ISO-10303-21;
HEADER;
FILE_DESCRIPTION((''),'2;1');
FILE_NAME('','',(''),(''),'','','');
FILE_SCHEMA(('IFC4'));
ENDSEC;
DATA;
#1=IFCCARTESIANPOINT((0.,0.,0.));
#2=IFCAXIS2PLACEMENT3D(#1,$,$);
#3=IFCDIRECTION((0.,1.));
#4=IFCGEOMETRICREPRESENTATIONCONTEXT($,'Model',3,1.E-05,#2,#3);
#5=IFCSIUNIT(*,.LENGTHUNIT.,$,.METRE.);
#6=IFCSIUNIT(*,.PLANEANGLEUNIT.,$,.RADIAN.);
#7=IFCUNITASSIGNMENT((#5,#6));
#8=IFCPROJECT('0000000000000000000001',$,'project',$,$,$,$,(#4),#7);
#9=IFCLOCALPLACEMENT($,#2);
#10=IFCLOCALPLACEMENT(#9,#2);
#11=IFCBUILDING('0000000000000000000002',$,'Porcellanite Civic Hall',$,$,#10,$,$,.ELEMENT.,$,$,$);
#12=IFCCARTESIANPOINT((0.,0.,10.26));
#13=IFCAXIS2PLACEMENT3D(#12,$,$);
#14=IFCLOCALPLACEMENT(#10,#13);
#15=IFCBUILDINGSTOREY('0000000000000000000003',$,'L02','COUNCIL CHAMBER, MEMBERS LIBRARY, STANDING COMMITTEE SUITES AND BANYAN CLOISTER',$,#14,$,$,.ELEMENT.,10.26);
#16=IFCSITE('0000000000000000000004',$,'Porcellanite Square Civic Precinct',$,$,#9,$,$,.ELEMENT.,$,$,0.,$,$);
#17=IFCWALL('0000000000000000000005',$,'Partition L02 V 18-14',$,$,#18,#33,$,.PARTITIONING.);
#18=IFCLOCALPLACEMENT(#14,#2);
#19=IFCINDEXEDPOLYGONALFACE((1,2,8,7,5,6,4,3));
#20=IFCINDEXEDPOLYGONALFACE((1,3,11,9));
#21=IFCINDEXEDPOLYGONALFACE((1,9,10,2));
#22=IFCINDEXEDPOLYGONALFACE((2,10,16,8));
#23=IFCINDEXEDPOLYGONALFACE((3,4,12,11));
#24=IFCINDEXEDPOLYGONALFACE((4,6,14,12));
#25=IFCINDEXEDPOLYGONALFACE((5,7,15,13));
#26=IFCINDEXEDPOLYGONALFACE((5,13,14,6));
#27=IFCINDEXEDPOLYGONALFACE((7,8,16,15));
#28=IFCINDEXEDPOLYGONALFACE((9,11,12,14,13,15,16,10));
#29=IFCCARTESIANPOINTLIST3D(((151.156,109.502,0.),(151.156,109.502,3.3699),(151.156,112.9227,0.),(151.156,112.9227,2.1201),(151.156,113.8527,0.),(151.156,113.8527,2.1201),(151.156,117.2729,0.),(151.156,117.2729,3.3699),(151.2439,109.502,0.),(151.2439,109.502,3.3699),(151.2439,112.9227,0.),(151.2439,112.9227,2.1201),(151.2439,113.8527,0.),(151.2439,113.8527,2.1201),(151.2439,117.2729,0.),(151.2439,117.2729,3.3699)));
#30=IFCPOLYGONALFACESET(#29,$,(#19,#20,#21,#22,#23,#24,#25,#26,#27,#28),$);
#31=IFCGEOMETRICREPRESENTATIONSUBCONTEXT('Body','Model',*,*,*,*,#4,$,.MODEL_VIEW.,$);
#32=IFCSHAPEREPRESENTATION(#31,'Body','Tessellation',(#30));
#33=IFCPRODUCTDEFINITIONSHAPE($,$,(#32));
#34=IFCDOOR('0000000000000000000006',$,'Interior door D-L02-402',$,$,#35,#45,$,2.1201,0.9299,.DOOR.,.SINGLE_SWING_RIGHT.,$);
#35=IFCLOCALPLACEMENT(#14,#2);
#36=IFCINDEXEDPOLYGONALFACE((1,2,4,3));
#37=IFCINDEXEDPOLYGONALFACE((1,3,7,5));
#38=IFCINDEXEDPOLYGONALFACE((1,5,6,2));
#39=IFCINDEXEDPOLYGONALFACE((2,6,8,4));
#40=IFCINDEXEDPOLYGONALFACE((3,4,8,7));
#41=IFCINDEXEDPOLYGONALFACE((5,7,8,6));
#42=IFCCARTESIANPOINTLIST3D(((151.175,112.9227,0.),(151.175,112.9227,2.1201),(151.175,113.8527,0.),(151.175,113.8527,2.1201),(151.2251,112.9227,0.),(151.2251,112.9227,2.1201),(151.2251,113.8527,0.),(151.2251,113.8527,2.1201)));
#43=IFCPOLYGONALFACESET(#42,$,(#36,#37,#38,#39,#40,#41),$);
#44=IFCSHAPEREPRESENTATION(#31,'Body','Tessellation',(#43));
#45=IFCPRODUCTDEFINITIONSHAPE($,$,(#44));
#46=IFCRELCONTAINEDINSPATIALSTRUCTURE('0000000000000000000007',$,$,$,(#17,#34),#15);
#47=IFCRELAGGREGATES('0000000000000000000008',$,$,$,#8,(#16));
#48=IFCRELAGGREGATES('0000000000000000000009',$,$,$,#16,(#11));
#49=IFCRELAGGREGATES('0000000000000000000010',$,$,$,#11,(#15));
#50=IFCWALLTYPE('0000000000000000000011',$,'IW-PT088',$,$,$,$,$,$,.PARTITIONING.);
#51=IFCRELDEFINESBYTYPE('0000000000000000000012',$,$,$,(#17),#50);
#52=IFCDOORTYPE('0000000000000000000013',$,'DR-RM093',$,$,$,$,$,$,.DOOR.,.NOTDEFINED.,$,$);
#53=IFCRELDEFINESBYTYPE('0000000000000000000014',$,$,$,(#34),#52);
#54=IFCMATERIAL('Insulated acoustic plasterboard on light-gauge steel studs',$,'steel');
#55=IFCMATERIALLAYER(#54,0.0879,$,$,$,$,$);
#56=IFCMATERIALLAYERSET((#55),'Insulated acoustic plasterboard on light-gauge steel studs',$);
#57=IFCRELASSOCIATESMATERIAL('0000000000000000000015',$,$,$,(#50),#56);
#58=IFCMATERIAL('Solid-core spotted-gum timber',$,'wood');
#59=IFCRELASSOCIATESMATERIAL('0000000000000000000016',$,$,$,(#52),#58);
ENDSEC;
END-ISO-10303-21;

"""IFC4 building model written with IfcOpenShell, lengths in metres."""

from ifc_helpers import new_model, si_unit, direction, frame, frame_2d, origin, place, context, subcontext, project, spatial, rectangle, extrude, material, layer, layer_set, type_object, element, fill, save


model = new_model("IFC4")

# Units and contexts
model_context = context("Model", 3, precision=1e-05, world=origin(), true_north=direction((0.0, 1.0)))
body_context = subcontext(model_context, "Body", "Model", "MODEL_VIEW")
ifc_project = project(units=[si_unit("LENGTHUNIT", "METRE"), si_unit("PLANEANGLEUNIT", "RADIAN")], contexts=[model_context])

# Site, building, storey
site_placement = place(None, origin())
site = spatial("IfcSite", under=ifc_project, at=site_placement, Name="Porcellanite Square Civic Precinct", CompositionType="ELEMENT", RefElevation=0.0)
building_placement = place(site_placement, origin())
building = spatial("IfcBuilding", under=site, at=building_placement, Name="Porcellanite Civic Hall", CompositionType="ELEMENT")
storey_placement = place(building_placement, frame((0.0, 0.0, 10.26)))
storey = spatial("IfcBuildingStorey", under=building, at=storey_placement, Name="L02", Description="COUNCIL CHAMBER, MEMBERS LIBRARY, STANDING COMMITTEE SUITES AND BANYAN CLOISTER", CompositionType="ELEMENT", Elevation=10.26)

# Wall, opening, door
ifc_material_1 = material(Name="Insulated acoustic plasterboard on light-gauge steel studs", Category="steel")
ifc_layer_1 = layer(ifc_material_1, 0.0879)
ifc_layer_set_1 = layer_set([ifc_layer_1], Name="Insulated acoustic plasterboard on light-gauge steel studs")
wall_type = type_object("IfcWallType", Name="IW-PT088", PredefinedType="PARTITIONING", material=ifc_layer_set_1)
wall_placement = place(storey_placement, frame((151.2, 109.502, 0.0), z_axis=(0.0, 0.0, 1.0), x_axis=(0.0, 1.0, 0.0)))
wall = element("IfcWall", 1, at=wall_placement, inside=storey, type_object=wall_type, Name="Partition L02 V 18-14", PredefinedType="PARTITIONING", context=body_context, shape_type="SweptSolid", body=[
    extrude(rectangle(XDim=7.771, YDim=0.0879, at=frame_2d((3.8855, 0.0))), origin(), (0.0, 0.0, 1.0), 3.3699),
])
opening_placement = place(wall_placement, frame((3.4209, 0.0, 0.0)))
opening = element("IfcOpeningElement", 2, at=opening_placement, cuts=wall, PredefinedType="OPENING", context=body_context, shape_type="SweptSolid", body=[
    extrude(rectangle(XDim=0.9299, YDim=2.1201, at=frame_2d((0.4648, 1.0601))), frame((0.0, 0.0439, 0.0), z_axis=(0.0, -1.0, 0.0), x_axis=(1.0, 0.0, 0.0)), (0.0, 0.0, 1.0), 0.0879),
])
ifc_material_2 = material(Name="Solid-core spotted-gum timber", Category="wood")
door_type = type_object("IfcDoorType", Name="DR-RM093", OperationType="NOTDEFINED", PredefinedType="DOOR", material=ifc_material_2)
door_placement = place(opening_placement, origin())
door = element("IfcDoor", 3, at=door_placement, inside=storey, type_object=door_type, Name="Interior door D-L02-402", OperationType="SINGLE_SWING_RIGHT", OverallHeight=2.1201, OverallWidth=0.9299, PredefinedType="DOOR", context=body_context, shape_type="SweptSolid", body=[
    extrude(rectangle(XDim=0.9299, YDim=2.1201, at=frame_2d((0.4648, 1.0601))), frame((0.0, 0.0249, 0.0), z_axis=(0.0, -1.0, 0.0), x_axis=(1.0, 0.0, 0.0)), (0.0, 0.0, 1.0), 0.05),
])
fill(opening, door)

save(model, "model.ifc")
